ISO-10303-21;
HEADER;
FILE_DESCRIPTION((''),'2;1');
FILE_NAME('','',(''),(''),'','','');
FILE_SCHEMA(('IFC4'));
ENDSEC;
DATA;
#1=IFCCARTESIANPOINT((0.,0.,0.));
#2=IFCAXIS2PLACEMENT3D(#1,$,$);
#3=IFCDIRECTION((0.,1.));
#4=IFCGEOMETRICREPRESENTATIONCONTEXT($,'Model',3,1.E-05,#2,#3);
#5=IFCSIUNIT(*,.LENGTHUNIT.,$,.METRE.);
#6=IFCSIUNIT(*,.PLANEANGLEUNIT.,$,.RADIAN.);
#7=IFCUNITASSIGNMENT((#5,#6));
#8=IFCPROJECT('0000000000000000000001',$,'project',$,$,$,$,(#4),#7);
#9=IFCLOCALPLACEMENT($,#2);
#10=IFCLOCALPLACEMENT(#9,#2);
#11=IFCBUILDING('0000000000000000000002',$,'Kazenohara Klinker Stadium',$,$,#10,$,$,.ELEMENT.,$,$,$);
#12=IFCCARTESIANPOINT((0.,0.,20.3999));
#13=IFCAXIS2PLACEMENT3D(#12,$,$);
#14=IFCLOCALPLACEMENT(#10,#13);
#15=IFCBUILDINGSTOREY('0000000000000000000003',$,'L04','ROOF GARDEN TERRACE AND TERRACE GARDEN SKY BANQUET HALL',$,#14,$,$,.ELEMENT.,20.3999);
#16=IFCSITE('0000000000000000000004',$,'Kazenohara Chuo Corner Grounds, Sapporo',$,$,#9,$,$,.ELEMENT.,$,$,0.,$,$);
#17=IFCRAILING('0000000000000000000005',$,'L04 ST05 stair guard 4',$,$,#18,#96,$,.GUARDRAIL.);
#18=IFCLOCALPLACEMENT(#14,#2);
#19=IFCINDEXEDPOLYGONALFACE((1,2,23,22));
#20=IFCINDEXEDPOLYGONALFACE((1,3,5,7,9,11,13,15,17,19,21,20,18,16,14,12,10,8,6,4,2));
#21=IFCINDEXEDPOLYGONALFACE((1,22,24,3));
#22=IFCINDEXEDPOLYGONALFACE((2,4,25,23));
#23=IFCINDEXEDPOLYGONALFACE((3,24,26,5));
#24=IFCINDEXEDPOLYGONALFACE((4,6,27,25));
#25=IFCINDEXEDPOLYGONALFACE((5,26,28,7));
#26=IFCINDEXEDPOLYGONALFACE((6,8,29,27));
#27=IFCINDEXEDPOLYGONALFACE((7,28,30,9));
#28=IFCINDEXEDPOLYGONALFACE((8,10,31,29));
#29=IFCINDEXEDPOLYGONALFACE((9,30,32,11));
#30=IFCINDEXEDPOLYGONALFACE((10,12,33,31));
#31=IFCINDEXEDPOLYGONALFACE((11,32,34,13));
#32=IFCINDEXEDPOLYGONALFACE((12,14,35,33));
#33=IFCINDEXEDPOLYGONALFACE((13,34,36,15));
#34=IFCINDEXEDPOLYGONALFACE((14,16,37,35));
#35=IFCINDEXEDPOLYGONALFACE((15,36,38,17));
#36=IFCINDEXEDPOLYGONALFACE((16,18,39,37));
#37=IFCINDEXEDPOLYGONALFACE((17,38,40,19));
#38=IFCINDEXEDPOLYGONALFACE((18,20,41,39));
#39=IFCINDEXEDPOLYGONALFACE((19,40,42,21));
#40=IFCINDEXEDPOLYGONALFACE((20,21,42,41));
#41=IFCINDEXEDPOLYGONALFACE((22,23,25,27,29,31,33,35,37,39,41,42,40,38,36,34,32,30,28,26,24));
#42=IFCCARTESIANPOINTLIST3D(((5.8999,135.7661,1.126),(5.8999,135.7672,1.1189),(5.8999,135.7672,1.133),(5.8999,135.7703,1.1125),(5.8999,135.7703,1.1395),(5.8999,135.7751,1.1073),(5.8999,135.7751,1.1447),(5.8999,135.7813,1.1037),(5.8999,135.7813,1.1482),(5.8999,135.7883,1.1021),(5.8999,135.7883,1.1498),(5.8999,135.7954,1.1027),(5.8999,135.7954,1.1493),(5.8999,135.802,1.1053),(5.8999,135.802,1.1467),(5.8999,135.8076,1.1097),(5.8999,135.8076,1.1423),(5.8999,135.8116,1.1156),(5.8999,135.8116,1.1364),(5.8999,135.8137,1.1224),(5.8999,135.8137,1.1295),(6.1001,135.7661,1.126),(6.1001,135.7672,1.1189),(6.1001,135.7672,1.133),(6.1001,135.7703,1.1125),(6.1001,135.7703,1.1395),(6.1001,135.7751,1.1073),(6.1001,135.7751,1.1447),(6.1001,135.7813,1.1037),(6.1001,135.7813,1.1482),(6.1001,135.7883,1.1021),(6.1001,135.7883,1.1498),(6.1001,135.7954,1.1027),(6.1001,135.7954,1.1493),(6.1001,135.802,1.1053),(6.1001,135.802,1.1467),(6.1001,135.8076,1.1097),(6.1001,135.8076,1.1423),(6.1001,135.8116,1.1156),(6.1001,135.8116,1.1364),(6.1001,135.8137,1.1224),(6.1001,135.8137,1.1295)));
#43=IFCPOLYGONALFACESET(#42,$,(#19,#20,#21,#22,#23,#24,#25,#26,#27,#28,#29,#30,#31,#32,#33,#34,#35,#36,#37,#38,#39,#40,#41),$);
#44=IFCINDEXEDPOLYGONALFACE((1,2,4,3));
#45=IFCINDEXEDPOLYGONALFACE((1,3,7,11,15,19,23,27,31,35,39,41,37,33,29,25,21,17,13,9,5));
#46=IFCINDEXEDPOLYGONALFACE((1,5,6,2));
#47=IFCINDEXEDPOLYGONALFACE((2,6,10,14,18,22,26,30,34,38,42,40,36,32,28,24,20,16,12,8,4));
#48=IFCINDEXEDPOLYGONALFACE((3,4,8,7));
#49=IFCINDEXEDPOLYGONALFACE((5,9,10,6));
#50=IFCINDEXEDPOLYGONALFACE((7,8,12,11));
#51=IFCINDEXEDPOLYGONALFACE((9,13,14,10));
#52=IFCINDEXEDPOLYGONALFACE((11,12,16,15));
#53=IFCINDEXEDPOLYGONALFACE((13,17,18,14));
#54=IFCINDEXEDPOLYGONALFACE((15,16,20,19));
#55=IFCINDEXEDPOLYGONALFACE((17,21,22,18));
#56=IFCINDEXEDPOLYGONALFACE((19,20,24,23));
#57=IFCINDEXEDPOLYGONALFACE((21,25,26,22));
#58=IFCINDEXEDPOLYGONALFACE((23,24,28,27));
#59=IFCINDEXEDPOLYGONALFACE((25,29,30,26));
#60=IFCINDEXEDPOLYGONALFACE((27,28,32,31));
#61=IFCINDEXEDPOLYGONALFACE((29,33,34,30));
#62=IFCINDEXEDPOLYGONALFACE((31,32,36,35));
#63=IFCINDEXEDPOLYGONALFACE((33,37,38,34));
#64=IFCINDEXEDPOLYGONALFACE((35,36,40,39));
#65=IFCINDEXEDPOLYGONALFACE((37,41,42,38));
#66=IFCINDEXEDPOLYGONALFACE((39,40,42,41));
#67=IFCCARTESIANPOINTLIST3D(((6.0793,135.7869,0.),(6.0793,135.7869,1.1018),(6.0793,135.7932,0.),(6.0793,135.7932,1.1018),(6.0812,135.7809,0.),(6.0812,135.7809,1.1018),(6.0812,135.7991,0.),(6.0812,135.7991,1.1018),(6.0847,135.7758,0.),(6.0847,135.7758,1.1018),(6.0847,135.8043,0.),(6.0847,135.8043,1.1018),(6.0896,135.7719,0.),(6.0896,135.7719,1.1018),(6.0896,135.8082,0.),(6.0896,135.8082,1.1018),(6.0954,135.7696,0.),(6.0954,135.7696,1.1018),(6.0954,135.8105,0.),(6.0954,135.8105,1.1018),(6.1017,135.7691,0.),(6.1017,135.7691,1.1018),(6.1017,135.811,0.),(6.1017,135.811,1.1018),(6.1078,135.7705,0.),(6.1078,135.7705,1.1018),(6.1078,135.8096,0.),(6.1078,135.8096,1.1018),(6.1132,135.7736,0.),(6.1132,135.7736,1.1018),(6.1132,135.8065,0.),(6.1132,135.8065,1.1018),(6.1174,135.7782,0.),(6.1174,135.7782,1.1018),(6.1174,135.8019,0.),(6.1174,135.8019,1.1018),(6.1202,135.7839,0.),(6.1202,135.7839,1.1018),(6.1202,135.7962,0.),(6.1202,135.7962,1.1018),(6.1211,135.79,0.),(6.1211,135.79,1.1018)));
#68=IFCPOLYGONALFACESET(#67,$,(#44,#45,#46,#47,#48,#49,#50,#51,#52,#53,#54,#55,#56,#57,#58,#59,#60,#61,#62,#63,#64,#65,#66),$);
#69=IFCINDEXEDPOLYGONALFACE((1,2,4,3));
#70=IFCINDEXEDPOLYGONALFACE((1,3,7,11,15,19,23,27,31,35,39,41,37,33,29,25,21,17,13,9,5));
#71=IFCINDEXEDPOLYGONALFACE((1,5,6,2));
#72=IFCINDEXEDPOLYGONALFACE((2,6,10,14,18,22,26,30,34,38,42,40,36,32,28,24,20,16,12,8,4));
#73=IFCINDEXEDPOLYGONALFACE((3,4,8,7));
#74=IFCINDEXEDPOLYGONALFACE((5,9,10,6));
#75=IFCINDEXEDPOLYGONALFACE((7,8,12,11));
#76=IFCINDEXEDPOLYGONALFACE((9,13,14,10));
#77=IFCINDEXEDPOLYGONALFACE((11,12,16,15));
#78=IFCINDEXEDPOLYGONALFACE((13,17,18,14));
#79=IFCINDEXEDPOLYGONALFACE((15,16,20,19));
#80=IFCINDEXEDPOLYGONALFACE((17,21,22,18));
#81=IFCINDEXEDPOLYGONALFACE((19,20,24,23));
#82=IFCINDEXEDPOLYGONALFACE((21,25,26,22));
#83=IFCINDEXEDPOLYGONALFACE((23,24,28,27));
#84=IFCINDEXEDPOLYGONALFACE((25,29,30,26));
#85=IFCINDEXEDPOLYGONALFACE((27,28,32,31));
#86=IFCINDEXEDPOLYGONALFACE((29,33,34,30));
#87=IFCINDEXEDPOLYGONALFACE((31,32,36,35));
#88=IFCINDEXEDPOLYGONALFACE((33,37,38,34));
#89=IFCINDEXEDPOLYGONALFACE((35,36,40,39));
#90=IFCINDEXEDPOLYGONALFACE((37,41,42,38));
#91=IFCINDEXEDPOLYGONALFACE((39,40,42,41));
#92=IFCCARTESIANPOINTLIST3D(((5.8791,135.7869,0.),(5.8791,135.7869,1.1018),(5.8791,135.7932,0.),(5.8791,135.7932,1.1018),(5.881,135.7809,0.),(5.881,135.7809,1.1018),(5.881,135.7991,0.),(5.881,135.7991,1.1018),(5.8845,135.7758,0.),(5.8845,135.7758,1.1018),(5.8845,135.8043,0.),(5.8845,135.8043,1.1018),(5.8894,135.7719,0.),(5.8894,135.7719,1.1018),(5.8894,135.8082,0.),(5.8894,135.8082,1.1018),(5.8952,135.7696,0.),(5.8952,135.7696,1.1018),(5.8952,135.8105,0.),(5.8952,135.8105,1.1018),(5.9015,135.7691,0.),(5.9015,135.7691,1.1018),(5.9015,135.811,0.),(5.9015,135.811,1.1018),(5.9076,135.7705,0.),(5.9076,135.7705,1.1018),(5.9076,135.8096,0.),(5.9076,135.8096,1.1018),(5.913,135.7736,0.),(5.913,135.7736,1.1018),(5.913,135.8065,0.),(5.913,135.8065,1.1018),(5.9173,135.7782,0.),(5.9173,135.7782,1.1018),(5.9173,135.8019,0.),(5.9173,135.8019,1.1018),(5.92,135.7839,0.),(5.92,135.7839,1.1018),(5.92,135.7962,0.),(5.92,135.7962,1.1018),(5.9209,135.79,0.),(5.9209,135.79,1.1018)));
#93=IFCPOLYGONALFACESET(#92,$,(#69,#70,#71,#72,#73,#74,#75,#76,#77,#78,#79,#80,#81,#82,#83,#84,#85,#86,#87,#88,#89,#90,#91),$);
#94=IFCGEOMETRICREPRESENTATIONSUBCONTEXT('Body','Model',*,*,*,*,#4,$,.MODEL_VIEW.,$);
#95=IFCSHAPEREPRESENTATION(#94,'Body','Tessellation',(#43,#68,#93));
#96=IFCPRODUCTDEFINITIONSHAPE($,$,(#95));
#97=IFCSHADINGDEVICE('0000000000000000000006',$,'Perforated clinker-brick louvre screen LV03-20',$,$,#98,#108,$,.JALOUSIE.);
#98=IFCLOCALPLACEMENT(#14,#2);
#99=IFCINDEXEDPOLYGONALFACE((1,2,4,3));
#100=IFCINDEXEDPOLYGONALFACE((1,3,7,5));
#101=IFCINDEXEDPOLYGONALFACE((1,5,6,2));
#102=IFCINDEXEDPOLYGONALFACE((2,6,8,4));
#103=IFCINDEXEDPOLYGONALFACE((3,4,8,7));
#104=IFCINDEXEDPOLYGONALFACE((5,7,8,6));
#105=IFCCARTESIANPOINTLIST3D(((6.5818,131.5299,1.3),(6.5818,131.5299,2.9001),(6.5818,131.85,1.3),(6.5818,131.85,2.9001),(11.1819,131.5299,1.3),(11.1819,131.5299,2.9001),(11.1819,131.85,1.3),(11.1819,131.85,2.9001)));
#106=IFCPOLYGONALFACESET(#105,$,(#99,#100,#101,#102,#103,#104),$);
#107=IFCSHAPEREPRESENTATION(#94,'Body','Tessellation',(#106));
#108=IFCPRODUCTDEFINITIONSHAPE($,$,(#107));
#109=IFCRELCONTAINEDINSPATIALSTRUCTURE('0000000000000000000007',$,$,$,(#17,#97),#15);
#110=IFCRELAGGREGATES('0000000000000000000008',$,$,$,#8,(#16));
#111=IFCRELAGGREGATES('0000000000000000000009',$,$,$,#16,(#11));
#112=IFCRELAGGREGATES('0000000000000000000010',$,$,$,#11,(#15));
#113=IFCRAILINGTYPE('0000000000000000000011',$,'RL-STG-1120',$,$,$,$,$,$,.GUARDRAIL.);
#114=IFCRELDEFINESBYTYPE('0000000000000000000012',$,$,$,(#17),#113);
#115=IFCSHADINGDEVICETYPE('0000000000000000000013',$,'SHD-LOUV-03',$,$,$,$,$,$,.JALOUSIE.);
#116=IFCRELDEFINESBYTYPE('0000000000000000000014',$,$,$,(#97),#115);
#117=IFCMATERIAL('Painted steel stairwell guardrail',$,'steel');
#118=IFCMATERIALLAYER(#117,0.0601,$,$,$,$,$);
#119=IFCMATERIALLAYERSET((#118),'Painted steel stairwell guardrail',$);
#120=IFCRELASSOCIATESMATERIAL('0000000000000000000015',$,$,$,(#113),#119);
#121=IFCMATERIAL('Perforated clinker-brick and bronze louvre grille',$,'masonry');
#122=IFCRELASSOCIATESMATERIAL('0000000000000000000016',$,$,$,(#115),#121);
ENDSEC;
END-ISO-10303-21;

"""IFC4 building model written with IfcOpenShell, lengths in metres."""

from ifc_helpers import new_model, si_unit, direction, frame, origin, origin_2d, place, context, subcontext, project, spatial, rectangle, circle, extrude, material, layer, layer_set, type_object, element, save


model = new_model("IFC4")

# Units and contexts
model_context = context("Model", 3, precision=1e-05, world=origin(), true_north=direction((0.0, 1.0)))
body_context = subcontext(model_context, "Body", "Model", "MODEL_VIEW")
ifc_project = project(units=[si_unit("LENGTHUNIT", "METRE"), si_unit("PLANEANGLEUNIT", "RADIAN")], contexts=[model_context])

# Site, building, storey
site_placement = place(None, origin())
site = spatial("IfcSite", under=ifc_project, at=site_placement, Name="Kazenohara Chuo Corner Grounds, Sapporo", CompositionType="ELEMENT", RefElevation=0.0)
building_placement = place(site_placement, origin())
building = spatial("IfcBuilding", under=site, at=building_placement, Name="Kazenohara Klinker Stadium", CompositionType="ELEMENT")
storey_placement = place(building_placement, frame((0.0, 0.0, 20.3999)))
storey = spatial("IfcBuildingStorey", under=building, at=storey_placement, Name="L04", Description="ROOF GARDEN TERRACE AND TERRACE GARDEN SKY BANQUET HALL", CompositionType="ELEMENT", Elevation=20.3999)

# Railing
ifc_material_1 = material(Name="Painted steel stairwell guardrail", Category="steel")
ifc_layer_1 = layer(ifc_material_1, 0.0601)
ifc_layer_set_1 = layer_set([ifc_layer_1], Name="Painted steel stairwell guardrail")
railing_type_1 = type_object("IfcRailingType", Name="RL-STG-1120", PredefinedType="GUARDRAIL", material=ifc_layer_set_1)
railing_1_placement = place(storey_placement, frame((6.1001, 135.79, 0.0)))
element("IfcRailing", 1, at=railing_1_placement, inside=storey, type_object=railing_type_1, Name="L04 ST05 stair guard 4", PredefinedType="GUARDRAIL", context=body_context, shape_type="SweptSolid", body=[
    extrude(circle(Radius=0.0239, at=origin_2d()), frame((0.0, 0.0, 1.126), z_axis=(-1.0, 0.0, 0.0), x_axis=(0.0, -1.0, 0.0)), (0.0, 0.0, 1.0), 0.2002),
    extrude(circle(Radius=0.021, at=origin_2d()), origin(), (0.0, 0.0, 1.0), 1.1018),
    extrude(circle(Radius=0.021, at=origin_2d()), frame((-0.2002, 0.0, 0.0)), (0.0, 0.0, 1.0), 1.1018),
])

# Shading device
ifc_material_2 = material(Name="Perforated clinker-brick and bronze louvre grille", Category="masonry")
shading_device_type = type_object("IfcShadingDeviceType", Name="SHD-LOUV-03", PredefinedType="JALOUSIE", material=ifc_material_2)
shading_device_placement = place(storey_placement, frame((8.8818, 131.6899, 1.3), z_axis=(0.0, 0.0, 1.0), x_axis=(1.0, 0.0, 0.0)))
element("IfcShadingDevice", 2, at=shading_device_placement, inside=storey, type_object=shading_device_type, Name="Perforated clinker-brick louvre screen LV03-20", PredefinedType="JALOUSIE", context=body_context, shape_type="SweptSolid", body=[
    extrude(rectangle(XDim=4.6001, YDim=0.3201, at=origin_2d()), origin(), (0.0, 0.0, 1.0), 1.6001),
])

save(model, "model.ifc")
